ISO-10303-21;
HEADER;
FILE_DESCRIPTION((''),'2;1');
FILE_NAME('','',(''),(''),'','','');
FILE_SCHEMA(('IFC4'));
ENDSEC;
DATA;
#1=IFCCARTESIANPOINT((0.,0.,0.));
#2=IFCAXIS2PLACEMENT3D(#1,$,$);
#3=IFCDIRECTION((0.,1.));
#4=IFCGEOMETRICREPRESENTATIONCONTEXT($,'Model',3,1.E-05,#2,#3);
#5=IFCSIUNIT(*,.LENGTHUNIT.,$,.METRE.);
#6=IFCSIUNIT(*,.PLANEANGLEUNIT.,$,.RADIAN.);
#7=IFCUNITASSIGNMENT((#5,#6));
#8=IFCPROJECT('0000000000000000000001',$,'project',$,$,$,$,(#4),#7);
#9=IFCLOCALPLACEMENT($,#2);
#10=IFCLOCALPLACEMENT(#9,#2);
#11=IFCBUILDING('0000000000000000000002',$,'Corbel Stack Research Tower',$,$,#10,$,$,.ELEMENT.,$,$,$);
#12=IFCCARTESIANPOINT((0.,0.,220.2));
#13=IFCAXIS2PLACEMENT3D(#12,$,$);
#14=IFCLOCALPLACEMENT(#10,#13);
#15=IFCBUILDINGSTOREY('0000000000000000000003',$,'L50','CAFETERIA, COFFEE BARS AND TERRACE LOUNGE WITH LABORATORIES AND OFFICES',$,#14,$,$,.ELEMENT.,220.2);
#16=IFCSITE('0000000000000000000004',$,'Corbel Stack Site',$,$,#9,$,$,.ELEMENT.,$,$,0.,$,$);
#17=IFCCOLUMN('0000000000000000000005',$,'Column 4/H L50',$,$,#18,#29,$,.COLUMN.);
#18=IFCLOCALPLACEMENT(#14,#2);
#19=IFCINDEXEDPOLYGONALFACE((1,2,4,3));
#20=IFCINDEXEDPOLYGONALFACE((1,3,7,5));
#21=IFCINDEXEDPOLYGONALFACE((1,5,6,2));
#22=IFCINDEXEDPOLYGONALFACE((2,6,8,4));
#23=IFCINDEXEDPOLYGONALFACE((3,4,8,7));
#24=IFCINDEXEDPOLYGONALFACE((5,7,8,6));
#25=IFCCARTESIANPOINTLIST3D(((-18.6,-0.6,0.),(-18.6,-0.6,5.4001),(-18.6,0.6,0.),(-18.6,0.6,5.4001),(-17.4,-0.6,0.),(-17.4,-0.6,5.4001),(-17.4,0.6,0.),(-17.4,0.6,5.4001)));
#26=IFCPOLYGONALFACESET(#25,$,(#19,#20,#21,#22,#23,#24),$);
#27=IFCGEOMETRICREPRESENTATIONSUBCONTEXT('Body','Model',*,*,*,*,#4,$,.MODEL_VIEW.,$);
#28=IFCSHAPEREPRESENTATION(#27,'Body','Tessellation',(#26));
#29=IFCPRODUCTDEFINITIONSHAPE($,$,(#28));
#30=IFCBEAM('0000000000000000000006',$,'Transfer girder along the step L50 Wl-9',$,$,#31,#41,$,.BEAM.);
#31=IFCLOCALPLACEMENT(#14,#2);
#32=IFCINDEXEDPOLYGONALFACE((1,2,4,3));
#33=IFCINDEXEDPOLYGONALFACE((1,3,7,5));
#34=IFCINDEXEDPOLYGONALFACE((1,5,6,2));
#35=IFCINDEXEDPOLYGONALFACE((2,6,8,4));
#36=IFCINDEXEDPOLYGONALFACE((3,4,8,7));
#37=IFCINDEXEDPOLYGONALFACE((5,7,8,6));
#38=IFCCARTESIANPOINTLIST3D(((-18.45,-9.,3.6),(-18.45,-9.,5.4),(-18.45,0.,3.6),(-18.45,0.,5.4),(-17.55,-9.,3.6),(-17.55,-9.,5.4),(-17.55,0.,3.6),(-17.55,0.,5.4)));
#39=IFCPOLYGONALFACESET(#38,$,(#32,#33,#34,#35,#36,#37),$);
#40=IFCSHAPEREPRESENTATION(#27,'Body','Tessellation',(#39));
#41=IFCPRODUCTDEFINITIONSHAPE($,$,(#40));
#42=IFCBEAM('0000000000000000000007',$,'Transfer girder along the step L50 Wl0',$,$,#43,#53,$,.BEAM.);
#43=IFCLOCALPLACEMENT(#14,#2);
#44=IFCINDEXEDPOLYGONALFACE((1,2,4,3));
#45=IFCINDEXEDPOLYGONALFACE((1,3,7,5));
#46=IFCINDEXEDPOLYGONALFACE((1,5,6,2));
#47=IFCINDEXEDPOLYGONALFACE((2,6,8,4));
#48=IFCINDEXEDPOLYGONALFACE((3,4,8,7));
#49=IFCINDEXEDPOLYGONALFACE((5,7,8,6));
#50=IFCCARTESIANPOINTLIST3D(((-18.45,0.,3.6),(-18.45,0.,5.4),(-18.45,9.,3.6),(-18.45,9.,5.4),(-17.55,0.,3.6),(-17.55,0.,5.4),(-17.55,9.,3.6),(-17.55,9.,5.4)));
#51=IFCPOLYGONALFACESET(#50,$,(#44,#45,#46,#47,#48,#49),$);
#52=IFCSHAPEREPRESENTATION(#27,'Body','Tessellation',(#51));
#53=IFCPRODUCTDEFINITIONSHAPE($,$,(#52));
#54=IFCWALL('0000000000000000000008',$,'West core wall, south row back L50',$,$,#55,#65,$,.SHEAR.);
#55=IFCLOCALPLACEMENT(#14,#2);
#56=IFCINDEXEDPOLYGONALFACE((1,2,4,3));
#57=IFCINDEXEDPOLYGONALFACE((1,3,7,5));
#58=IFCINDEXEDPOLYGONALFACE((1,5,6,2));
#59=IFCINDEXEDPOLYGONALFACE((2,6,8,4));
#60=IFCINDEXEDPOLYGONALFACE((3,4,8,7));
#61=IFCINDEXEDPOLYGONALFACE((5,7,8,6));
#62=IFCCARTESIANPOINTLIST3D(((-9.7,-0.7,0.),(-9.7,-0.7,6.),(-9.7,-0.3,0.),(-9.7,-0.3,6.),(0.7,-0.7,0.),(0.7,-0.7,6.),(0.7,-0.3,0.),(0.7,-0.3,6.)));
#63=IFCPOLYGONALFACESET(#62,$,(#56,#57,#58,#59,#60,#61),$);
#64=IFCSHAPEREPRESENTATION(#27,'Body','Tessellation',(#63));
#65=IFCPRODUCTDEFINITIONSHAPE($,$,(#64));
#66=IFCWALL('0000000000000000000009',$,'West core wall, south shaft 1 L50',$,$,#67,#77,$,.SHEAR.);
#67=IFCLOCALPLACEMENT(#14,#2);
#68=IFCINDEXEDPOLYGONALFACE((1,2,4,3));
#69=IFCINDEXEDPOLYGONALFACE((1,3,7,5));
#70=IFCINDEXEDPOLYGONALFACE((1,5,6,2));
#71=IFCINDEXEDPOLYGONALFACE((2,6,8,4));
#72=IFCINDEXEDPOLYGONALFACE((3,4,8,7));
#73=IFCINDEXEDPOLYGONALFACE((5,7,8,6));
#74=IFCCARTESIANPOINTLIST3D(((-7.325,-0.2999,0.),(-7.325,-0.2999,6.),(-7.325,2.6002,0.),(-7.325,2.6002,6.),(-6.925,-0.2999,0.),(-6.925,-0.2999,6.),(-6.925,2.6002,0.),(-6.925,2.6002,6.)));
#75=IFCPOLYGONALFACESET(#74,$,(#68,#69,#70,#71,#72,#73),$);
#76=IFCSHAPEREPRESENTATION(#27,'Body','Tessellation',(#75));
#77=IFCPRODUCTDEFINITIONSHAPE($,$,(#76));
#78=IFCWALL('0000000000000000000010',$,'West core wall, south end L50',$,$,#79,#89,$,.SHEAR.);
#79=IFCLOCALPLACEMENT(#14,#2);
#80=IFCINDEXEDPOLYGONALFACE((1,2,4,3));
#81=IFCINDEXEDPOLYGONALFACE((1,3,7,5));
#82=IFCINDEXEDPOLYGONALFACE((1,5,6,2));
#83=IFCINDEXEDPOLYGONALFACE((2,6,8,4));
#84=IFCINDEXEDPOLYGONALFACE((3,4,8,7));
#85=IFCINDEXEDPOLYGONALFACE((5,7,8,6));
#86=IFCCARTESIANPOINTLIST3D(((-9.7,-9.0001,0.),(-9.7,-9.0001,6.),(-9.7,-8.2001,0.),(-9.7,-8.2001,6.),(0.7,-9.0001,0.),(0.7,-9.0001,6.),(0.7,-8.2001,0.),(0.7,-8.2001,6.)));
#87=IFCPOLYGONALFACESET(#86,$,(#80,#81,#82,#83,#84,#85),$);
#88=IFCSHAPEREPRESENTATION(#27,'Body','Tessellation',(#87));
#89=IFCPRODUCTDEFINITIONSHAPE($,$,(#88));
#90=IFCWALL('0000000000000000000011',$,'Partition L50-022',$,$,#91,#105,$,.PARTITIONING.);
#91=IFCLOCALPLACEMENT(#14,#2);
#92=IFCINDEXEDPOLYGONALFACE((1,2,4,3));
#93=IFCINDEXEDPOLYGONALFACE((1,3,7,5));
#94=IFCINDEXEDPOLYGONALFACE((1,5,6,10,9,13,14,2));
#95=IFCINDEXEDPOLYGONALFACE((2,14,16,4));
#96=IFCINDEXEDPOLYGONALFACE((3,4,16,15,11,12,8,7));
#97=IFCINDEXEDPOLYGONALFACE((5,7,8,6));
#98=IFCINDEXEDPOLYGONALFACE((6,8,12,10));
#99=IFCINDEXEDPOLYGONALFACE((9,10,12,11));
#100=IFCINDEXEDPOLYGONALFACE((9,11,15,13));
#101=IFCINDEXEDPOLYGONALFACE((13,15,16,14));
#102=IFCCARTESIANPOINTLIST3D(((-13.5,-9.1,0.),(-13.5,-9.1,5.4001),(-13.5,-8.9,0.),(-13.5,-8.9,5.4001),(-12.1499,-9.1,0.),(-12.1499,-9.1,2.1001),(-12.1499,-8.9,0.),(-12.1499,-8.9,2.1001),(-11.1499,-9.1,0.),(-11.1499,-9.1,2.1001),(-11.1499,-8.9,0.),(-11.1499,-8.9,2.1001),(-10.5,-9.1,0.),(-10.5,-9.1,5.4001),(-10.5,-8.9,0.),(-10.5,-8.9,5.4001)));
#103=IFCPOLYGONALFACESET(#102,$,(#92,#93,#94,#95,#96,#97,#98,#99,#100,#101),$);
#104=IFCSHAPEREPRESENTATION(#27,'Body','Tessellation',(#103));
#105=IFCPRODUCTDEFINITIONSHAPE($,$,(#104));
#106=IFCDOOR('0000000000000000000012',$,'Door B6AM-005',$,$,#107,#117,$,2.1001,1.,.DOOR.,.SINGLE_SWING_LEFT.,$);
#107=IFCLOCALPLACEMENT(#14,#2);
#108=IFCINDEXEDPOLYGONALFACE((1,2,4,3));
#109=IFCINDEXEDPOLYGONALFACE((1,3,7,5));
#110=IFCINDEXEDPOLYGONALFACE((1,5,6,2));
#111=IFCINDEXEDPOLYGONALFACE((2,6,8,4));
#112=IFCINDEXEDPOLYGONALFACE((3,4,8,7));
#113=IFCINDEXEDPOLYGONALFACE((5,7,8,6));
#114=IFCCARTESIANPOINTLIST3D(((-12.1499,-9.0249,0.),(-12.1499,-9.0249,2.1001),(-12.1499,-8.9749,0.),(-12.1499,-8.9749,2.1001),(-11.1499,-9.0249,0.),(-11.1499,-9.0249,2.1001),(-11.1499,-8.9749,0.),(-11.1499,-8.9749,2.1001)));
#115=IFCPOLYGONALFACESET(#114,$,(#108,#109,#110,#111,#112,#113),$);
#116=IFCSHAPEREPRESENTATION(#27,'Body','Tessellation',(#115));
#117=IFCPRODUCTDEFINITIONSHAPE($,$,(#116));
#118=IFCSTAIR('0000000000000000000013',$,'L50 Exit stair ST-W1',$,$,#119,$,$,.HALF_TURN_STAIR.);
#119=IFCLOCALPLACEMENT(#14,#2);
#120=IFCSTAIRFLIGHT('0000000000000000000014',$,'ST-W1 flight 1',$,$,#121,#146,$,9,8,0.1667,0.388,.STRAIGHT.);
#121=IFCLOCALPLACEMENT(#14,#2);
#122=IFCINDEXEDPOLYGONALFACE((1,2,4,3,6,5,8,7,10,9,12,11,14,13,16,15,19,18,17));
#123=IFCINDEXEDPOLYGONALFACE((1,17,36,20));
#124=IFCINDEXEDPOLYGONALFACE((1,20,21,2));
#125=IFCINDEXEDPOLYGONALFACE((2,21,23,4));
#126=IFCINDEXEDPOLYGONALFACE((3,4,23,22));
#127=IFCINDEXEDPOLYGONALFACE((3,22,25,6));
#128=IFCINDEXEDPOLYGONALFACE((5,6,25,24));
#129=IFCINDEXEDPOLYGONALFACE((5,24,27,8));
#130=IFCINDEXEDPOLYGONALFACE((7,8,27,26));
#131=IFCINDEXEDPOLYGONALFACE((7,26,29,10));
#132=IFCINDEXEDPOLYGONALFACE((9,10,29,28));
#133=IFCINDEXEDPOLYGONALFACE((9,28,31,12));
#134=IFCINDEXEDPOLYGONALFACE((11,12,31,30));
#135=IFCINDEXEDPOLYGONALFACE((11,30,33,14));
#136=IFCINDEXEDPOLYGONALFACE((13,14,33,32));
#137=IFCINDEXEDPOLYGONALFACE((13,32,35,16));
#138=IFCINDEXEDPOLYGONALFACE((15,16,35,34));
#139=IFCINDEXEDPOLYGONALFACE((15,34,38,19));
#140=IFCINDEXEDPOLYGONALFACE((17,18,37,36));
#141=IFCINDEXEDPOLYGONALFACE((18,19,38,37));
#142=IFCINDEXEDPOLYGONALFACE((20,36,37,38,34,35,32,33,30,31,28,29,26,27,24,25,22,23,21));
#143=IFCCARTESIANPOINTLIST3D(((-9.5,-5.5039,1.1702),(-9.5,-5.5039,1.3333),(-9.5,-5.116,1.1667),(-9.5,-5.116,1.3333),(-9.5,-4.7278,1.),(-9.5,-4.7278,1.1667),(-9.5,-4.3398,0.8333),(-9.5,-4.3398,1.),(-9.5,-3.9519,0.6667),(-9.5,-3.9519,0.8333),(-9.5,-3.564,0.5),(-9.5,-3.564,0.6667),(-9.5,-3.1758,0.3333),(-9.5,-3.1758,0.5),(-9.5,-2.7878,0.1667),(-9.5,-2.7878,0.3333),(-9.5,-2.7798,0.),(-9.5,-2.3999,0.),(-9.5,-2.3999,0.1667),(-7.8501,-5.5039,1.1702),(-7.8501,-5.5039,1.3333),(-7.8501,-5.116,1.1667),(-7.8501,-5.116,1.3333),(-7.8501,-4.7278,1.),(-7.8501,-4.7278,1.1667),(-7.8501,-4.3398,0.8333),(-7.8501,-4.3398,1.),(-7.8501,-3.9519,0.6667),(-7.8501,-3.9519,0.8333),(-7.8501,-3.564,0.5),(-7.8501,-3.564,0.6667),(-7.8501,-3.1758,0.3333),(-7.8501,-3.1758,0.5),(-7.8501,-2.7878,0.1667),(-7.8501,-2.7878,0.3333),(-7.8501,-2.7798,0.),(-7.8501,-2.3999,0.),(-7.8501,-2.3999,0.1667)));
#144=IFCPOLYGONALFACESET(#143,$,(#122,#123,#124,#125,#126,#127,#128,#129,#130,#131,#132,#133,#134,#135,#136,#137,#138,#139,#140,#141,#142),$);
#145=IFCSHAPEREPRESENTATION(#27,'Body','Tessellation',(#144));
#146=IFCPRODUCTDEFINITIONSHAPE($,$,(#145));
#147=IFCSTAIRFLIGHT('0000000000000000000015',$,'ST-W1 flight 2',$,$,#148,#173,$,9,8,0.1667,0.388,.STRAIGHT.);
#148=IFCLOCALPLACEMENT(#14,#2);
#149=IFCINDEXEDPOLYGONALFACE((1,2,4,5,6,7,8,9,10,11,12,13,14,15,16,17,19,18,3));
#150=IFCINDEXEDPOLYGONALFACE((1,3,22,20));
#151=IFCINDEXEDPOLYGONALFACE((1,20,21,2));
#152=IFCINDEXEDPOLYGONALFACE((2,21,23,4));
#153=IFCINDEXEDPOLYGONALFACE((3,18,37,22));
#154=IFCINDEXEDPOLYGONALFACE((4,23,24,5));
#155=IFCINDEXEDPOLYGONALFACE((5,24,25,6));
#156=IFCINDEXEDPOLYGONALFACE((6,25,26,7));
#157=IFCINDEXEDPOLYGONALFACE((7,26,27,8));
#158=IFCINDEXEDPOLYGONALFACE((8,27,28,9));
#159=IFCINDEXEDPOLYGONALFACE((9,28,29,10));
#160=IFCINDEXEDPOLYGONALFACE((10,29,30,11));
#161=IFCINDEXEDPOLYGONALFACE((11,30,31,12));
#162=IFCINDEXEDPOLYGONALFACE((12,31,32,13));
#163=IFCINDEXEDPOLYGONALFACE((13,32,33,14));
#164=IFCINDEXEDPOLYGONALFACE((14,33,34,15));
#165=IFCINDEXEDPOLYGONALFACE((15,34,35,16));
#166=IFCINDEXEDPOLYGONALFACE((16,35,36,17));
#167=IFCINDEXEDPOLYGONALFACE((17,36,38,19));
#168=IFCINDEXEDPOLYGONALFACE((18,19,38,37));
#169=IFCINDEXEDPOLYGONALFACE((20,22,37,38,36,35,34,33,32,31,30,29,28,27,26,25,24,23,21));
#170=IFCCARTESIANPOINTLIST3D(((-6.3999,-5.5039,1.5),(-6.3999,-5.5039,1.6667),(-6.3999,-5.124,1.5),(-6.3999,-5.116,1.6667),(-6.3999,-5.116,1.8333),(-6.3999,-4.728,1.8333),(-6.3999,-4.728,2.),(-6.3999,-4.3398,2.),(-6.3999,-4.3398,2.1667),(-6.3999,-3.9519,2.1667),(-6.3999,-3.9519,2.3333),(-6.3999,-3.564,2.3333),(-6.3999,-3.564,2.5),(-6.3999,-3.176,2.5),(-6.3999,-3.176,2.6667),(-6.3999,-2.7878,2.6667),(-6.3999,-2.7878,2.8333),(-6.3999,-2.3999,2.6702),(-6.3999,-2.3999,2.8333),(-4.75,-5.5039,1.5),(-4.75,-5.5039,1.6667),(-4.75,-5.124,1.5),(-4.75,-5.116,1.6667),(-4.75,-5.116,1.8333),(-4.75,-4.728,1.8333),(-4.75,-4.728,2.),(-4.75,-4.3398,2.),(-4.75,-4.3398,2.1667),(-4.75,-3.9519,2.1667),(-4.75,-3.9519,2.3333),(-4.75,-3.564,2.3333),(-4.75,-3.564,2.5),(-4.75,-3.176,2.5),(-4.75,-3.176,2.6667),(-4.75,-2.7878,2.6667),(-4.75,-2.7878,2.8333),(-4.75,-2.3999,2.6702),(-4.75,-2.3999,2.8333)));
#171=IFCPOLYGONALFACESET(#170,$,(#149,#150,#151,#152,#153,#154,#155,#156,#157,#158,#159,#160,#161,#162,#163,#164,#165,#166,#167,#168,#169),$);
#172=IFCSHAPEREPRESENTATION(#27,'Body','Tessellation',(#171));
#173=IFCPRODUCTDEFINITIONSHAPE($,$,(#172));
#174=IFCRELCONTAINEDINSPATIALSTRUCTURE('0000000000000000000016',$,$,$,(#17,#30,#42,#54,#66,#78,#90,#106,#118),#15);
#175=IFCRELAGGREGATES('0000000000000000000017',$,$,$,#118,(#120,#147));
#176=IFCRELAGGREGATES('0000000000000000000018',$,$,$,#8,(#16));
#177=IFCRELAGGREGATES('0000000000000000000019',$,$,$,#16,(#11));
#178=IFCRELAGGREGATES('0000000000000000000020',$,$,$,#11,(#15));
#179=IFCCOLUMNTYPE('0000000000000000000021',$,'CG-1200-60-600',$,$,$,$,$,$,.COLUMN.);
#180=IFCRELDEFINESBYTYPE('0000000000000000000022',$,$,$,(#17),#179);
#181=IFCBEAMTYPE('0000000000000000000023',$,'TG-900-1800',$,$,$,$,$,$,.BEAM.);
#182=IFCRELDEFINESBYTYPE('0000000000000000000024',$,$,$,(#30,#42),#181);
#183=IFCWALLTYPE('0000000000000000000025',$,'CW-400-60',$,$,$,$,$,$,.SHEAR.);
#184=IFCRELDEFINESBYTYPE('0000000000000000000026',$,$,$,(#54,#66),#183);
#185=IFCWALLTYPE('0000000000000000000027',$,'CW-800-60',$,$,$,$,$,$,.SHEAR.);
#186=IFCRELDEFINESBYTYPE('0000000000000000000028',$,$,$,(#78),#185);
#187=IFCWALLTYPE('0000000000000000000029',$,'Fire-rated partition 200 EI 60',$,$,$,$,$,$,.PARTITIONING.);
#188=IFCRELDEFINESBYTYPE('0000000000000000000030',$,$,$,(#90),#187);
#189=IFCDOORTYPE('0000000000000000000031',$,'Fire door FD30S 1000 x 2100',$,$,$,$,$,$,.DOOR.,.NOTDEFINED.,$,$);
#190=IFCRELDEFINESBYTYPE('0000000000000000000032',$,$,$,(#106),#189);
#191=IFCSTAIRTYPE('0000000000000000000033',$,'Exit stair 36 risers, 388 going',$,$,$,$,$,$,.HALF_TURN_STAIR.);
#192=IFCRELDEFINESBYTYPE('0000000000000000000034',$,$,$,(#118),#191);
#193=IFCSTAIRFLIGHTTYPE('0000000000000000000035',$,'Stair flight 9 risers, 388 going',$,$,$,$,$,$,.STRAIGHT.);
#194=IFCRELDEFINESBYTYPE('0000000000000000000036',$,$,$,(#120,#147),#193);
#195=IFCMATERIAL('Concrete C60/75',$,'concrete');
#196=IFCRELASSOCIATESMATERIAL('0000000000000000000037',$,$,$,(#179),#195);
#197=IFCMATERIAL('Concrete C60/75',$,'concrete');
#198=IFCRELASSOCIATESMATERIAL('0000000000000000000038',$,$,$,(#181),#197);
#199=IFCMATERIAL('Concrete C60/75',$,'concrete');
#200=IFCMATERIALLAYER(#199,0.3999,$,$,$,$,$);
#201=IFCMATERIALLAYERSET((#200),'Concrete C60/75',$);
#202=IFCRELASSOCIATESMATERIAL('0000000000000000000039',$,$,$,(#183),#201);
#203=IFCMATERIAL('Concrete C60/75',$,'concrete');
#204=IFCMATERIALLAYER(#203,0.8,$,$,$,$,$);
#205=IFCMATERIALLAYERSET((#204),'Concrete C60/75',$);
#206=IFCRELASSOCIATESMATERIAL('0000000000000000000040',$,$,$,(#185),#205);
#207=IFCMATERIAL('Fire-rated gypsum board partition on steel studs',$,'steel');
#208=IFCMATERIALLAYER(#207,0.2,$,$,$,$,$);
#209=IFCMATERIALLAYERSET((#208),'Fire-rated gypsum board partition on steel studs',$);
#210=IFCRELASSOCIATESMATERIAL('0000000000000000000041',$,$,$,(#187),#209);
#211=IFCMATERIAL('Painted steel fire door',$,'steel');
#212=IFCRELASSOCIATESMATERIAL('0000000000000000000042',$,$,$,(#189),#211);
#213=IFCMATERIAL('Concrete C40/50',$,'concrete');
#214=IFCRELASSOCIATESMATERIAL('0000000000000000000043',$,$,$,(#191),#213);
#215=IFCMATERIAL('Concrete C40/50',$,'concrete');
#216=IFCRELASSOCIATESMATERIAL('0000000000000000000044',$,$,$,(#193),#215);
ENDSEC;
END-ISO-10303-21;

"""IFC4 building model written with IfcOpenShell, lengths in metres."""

from ifc_helpers import new_model, si_unit, direction, frame, frame_2d, origin, origin_2d, place, context, subcontext, project, spatial, polyline, rectangle, outline, extrude, material, layer, layer_set, material_profile, profile_set, type_object, element, fill, aggregate, save


model = new_model("IFC4")

# Units and contexts
model_context = context("Model", 3, precision=1e-05, world=origin(), true_north=direction((0.0, 1.0)))
body_context = subcontext(model_context, "Body", "Model", "MODEL_VIEW")
ifc_project = project(units=[si_unit("LENGTHUNIT", "METRE"), si_unit("PLANEANGLEUNIT", "RADIAN")], contexts=[model_context])

# Site, building, storey
site_placement = place(None, origin())
site = spatial("IfcSite", under=ifc_project, at=site_placement, Name="Corbel Stack Site", CompositionType="ELEMENT", RefElevation=0.0)
building_placement = place(site_placement, origin())
building = spatial("IfcBuilding", under=site, at=building_placement, Name="Corbel Stack Research Tower", CompositionType="ELEMENT")
storey_placement = place(building_placement, frame((0.0, 0.0, 220.2)))
storey = spatial("IfcBuildingStorey", under=building, at=storey_placement, Name="L50", Description="CAFETERIA, COFFEE BARS AND TERRACE LOUNGE WITH LABORATORIES AND OFFICES", CompositionType="ELEMENT", Elevation=220.2)

# Column
ifc_material_1 = material(Name="Concrete C60/75", Category="concrete")
ifc_material_profile_1 = material_profile(ifc_material_1, rectangle(XDim=1.2, YDim=1.2, at=origin_2d()), Name="RC 1200 x 1200")
ifc_profile_set_1 = profile_set([ifc_material_profile_1], Name="Concrete C60/75")
column_type = type_object("IfcColumnType", Name="CG-1200-60-600", PredefinedType="COLUMN", material=ifc_profile_set_1)
column_placement = place(storey_placement, frame((-18.0, 0.0, 0.0), z_axis=(0.0, 0.0, 1.0), x_axis=(1.0, 0.0, 0.0)))
element("IfcColumn", 1, at=column_placement, inside=storey, type_object=column_type, Name="Column 4/H L50", PredefinedType="COLUMN", context=body_context, shape_type="SweptSolid", body=[
    extrude(rectangle(XDim=1.2, YDim=1.2, at=origin_2d()), origin(), (0.0, 0.0, 1.0), 5.4001),
])

# Beams
ifc_material_2 = material(Name="Concrete C60/75", Category="concrete")
ifc_material_profile_2 = material_profile(ifc_material_2, rectangle(XDim=0.8999, YDim=1.8, at=origin_2d()), Name="RC 900 x 1800")
ifc_profile_set_2 = profile_set([ifc_material_profile_2], Name="Concrete C60/75")
beam_type = type_object("IfcBeamType", Name="TG-900-1800", PredefinedType="BEAM", material=ifc_profile_set_2)
for number, where, z_axis, x_axis, name in (
    (2, (-18.0, -9.0, 4.5), (0.0, 1.0, 0.0), (-1.0, 0.0, 0.0), "Transfer girder along the step L50 Wl-9"),
    (3, (-18.0, 0.0, 4.5), (0.0, 1.0, 0.0), (-1.0, 0.0, 0.0), "Transfer girder along the step L50 Wl0"),
):
    element("IfcBeam", number, at=place(storey_placement, frame(where, z_axis=z_axis, x_axis=x_axis)), inside=storey, type_object=beam_type, Name=name, PredefinedType="BEAM", context=body_context, shape_type="SweptSolid", body=[
        extrude(rectangle(XDim=0.8999, YDim=1.8, at=origin_2d()), origin(), (0.0, 0.0, 1.0), 9.0),
    ])

# Walls
ifc_material_3 = material(Name="Concrete C60/75", Category="concrete")
ifc_layer_1 = layer(ifc_material_3, 0.3999)
ifc_layer_set_1 = layer_set([ifc_layer_1], Name="Concrete C60/75")
wall_type_1 = type_object("IfcWallType", Name="CW-400-60", PredefinedType="SHEAR", material=ifc_layer_set_1)
wall_1_placement = place(storey_placement, frame((-9.7, -0.5, 0.0), z_axis=(0.0, 0.0, 1.0), x_axis=(1.0, 0.0, 0.0)))
element("IfcWall", 4, at=wall_1_placement, inside=storey, type_object=wall_type_1, Name="West core wall, south row back L50", PredefinedType="SHEAR", context=body_context, shape_type="SweptSolid", body=[
    extrude(rectangle(XDim=10.3999, YDim=0.3999, at=frame_2d((5.2, 0.0))), origin(), (0.0, 0.0, 1.0), 6.0),
])
wall_2_placement = place(storey_placement, frame((-7.125, -0.3, 0.0), z_axis=(0.0, 0.0, 1.0), x_axis=(0.0, 1.0, 0.0)))
element("IfcWall", 5, at=wall_2_placement, inside=storey, type_object=wall_type_1, Name="West core wall, south shaft 1 L50", PredefinedType="SHEAR", context=body_context, shape_type="SweptSolid", body=[
    extrude(rectangle(XDim=2.9001, YDim=0.3999, at=frame_2d((1.4502, 0.0))), origin(), (0.0, 0.0, 1.0), 6.0),
])

# Shared definitions
ifc_material_4 = material(Name="Concrete C60/75", Category="concrete")
ifc_layer_2 = layer(ifc_material_4, 0.8)
ifc_layer_set_2 = layer_set([ifc_layer_2], Name="Concrete C60/75")
wall_type_2 = type_object("IfcWallType", Name="CW-800-60", PredefinedType="SHEAR", material=ifc_layer_set_2)

# Wall
wall_3_placement = place(storey_placement, frame((-9.7, -8.6001, 0.0), z_axis=(0.0, 0.0, 1.0), x_axis=(1.0, 0.0, 0.0)))
element("IfcWall", 6, at=wall_3_placement, inside=storey, type_object=wall_type_2, Name="West core wall, south end L50", PredefinedType="SHEAR", context=body_context, shape_type="SweptSolid", body=[
    extrude(rectangle(XDim=10.3999, YDim=0.8, at=frame_2d((5.2, 0.0))), origin(), (0.0, 0.0, 1.0), 6.0),
])

# Wall, opening, door
ifc_material_5 = material(Name="Fire-rated gypsum board partition on steel studs", Category="steel")
ifc_layer_3 = layer(ifc_material_5, 0.2)
ifc_layer_set_3 = layer_set([ifc_layer_3], Name="Fire-rated gypsum board partition on steel studs")
wall_type_3 = type_object("IfcWallType", Name="Fire-rated partition 200 EI 60", PredefinedType="PARTITIONING", material=ifc_layer_set_3)
wall_4_placement = place(storey_placement, frame((-10.5, -9.0, 0.0), z_axis=(0.0, 0.0, 1.0), x_axis=(-1.0, 0.0, 0.0)))
wall_4 = element("IfcWall", 7, at=wall_4_placement, inside=storey, type_object=wall_type_3, Name="Partition L50-022", PredefinedType="PARTITIONING", context=body_context, shape_type="SweptSolid", body=[
    extrude(rectangle(XDim=3.0, YDim=0.2, at=frame_2d((1.5, 0.0))), origin(), (0.0, 0.0, 1.0), 5.4001),
])
opening_1_placement = place(wall_4_placement, frame((0.6499, 0.0, 0.0)))
opening_1 = element("IfcOpeningElement", 8, at=opening_1_placement, cuts=wall_4, PredefinedType="OPENING", context=body_context, shape_type="SweptSolid", body=[
    extrude(rectangle(XDim=1.0, YDim=2.1001, at=frame_2d((0.5, 1.05))), frame((0.0, 0.1099, 0.0), z_axis=(0.0, -1.0, 0.0), x_axis=(1.0, 0.0, 0.0)), (0.0, 0.0, 1.0), 0.22),
])
ifc_material_6 = material(Name="Painted steel fire door", Category="steel")
door_type_1 = type_object("IfcDoorType", Name="Fire door FD30S 1000 x 2100", OperationType="NOTDEFINED", PredefinedType="DOOR", material=ifc_material_6)
door_1_placement = place(opening_1_placement, origin())
door_1 = element("IfcDoor", 9, at=door_1_placement, inside=storey, type_object=door_type_1, Name="Door B6AM-005", OperationType="SINGLE_SWING_LEFT", OverallHeight=2.1001, OverallWidth=1.0, PredefinedType="DOOR", context=body_context, shape_type="SweptSolid", body=[
    extrude(rectangle(XDim=1.0, YDim=2.1001, at=frame_2d((0.5, 1.05))), frame((0.0, 0.0249, 0.0), z_axis=(0.0, -1.0, 0.0), x_axis=(1.0, 0.0, 0.0)), (0.0, 0.0, 1.0), 0.05),
])
fill(opening_1, door_1)

# Stair, stair flights
ifc_material_7 = material(Name="Concrete C40/50", Category="concrete")
stair_type = type_object("IfcStairType", Name="Exit stair 36 risers, 388 going", PredefinedType="HALF_TURN_STAIR", material=ifc_material_7)
stair_placement = place(storey_placement, origin())
stair = element("IfcStair", 10, at=stair_placement, inside=storey, type_object=stair_type, Name="L50 Exit stair ST-W1", PredefinedType="HALF_TURN_STAIR")
ifc_material_8 = material(Name="Concrete C40/50", Category="concrete")
stair_flight_type = type_object("IfcStairFlightType", Name="Stair flight 9 risers, 388 going", PredefinedType="STRAIGHT", material=ifc_material_8)
stair_flight_1_placement = place(storey_placement, frame((-8.675, -2.3999, 0.0), z_axis=(0.0, 0.0, 1.0), x_axis=(0.0, -1.0, 0.0)))
stair_flight_1 = element("IfcStairFlight", 11, at=stair_flight_1_placement, type_object=stair_flight_type, Name="ST-W1 flight 1", NumberOfRisers=9, NumberOfTreads=8, PredefinedType="STRAIGHT", RiserHeight=0.1667, TreadLength=0.388, context=body_context, shape_type="SweptSolid", body=[
    extrude(outline(polyline([(0.0, 0.0), (0.0, 0.1667), (0.3879, 0.1667), (0.3879, 0.3333), (0.7759, 0.3333), (0.7759, 0.5), (1.1641, 0.5), (1.1641, 0.6667), (1.552, 0.6667), (1.552, 0.8333), (1.9399, 0.8333), (1.9399, 1.0), (2.3279, 1.0), (2.3279, 1.1667), (2.7161, 1.1667), (2.7161, 1.3333), (3.104, 1.3333), (3.104, 1.5), (3.104, 1.1702), (0.3799, 0.0), (0.0, 0.0)])), frame((0.0, 0.825, 0.0), z_axis=(0.0, -1.0, 0.0), x_axis=(1.0, 0.0, 0.0)), (0.0, 0.0, 1.0), 1.6499),
])
stair_flight_2_placement = place(storey_placement, frame((-5.575, -5.5039, 1.5), z_axis=(0.0, 0.0, 1.0), x_axis=(0.0, 1.0, 0.0)))
stair_flight_2 = element("IfcStairFlight", 12, at=stair_flight_2_placement, type_object=stair_flight_type, Name="ST-W1 flight 2", NumberOfRisers=9, NumberOfTreads=8, PredefinedType="STRAIGHT", RiserHeight=0.1667, TreadLength=0.388, context=body_context, shape_type="SweptSolid", body=[
    extrude(outline(polyline([(0.0, 0.0), (0.0, 0.1667), (0.3879, 0.1667), (0.3879, 0.3333), (0.7759, 0.3333), (0.7759, 0.5), (1.1641, 0.5), (1.1641, 0.6667), (1.552, 0.6667), (1.552, 0.8333), (1.9399, 0.8333), (1.9399, 1.0), (2.3279, 1.0), (2.3279, 1.1667), (2.7161, 1.1667), (2.7161, 1.3333), (3.104, 1.3333), (3.104, 1.5), (3.104, 1.1702), (0.3799, 0.0), (0.0, 0.0)])), frame((0.0, 0.825, 0.0), z_axis=(0.0, -1.0, 0.0), x_axis=(1.0, 0.0, 0.0)), (0.0, 0.0, 1.0), 1.6499),
])
aggregate(stair, [stair_flight_1, stair_flight_2])

save(model, "model.ifc")
